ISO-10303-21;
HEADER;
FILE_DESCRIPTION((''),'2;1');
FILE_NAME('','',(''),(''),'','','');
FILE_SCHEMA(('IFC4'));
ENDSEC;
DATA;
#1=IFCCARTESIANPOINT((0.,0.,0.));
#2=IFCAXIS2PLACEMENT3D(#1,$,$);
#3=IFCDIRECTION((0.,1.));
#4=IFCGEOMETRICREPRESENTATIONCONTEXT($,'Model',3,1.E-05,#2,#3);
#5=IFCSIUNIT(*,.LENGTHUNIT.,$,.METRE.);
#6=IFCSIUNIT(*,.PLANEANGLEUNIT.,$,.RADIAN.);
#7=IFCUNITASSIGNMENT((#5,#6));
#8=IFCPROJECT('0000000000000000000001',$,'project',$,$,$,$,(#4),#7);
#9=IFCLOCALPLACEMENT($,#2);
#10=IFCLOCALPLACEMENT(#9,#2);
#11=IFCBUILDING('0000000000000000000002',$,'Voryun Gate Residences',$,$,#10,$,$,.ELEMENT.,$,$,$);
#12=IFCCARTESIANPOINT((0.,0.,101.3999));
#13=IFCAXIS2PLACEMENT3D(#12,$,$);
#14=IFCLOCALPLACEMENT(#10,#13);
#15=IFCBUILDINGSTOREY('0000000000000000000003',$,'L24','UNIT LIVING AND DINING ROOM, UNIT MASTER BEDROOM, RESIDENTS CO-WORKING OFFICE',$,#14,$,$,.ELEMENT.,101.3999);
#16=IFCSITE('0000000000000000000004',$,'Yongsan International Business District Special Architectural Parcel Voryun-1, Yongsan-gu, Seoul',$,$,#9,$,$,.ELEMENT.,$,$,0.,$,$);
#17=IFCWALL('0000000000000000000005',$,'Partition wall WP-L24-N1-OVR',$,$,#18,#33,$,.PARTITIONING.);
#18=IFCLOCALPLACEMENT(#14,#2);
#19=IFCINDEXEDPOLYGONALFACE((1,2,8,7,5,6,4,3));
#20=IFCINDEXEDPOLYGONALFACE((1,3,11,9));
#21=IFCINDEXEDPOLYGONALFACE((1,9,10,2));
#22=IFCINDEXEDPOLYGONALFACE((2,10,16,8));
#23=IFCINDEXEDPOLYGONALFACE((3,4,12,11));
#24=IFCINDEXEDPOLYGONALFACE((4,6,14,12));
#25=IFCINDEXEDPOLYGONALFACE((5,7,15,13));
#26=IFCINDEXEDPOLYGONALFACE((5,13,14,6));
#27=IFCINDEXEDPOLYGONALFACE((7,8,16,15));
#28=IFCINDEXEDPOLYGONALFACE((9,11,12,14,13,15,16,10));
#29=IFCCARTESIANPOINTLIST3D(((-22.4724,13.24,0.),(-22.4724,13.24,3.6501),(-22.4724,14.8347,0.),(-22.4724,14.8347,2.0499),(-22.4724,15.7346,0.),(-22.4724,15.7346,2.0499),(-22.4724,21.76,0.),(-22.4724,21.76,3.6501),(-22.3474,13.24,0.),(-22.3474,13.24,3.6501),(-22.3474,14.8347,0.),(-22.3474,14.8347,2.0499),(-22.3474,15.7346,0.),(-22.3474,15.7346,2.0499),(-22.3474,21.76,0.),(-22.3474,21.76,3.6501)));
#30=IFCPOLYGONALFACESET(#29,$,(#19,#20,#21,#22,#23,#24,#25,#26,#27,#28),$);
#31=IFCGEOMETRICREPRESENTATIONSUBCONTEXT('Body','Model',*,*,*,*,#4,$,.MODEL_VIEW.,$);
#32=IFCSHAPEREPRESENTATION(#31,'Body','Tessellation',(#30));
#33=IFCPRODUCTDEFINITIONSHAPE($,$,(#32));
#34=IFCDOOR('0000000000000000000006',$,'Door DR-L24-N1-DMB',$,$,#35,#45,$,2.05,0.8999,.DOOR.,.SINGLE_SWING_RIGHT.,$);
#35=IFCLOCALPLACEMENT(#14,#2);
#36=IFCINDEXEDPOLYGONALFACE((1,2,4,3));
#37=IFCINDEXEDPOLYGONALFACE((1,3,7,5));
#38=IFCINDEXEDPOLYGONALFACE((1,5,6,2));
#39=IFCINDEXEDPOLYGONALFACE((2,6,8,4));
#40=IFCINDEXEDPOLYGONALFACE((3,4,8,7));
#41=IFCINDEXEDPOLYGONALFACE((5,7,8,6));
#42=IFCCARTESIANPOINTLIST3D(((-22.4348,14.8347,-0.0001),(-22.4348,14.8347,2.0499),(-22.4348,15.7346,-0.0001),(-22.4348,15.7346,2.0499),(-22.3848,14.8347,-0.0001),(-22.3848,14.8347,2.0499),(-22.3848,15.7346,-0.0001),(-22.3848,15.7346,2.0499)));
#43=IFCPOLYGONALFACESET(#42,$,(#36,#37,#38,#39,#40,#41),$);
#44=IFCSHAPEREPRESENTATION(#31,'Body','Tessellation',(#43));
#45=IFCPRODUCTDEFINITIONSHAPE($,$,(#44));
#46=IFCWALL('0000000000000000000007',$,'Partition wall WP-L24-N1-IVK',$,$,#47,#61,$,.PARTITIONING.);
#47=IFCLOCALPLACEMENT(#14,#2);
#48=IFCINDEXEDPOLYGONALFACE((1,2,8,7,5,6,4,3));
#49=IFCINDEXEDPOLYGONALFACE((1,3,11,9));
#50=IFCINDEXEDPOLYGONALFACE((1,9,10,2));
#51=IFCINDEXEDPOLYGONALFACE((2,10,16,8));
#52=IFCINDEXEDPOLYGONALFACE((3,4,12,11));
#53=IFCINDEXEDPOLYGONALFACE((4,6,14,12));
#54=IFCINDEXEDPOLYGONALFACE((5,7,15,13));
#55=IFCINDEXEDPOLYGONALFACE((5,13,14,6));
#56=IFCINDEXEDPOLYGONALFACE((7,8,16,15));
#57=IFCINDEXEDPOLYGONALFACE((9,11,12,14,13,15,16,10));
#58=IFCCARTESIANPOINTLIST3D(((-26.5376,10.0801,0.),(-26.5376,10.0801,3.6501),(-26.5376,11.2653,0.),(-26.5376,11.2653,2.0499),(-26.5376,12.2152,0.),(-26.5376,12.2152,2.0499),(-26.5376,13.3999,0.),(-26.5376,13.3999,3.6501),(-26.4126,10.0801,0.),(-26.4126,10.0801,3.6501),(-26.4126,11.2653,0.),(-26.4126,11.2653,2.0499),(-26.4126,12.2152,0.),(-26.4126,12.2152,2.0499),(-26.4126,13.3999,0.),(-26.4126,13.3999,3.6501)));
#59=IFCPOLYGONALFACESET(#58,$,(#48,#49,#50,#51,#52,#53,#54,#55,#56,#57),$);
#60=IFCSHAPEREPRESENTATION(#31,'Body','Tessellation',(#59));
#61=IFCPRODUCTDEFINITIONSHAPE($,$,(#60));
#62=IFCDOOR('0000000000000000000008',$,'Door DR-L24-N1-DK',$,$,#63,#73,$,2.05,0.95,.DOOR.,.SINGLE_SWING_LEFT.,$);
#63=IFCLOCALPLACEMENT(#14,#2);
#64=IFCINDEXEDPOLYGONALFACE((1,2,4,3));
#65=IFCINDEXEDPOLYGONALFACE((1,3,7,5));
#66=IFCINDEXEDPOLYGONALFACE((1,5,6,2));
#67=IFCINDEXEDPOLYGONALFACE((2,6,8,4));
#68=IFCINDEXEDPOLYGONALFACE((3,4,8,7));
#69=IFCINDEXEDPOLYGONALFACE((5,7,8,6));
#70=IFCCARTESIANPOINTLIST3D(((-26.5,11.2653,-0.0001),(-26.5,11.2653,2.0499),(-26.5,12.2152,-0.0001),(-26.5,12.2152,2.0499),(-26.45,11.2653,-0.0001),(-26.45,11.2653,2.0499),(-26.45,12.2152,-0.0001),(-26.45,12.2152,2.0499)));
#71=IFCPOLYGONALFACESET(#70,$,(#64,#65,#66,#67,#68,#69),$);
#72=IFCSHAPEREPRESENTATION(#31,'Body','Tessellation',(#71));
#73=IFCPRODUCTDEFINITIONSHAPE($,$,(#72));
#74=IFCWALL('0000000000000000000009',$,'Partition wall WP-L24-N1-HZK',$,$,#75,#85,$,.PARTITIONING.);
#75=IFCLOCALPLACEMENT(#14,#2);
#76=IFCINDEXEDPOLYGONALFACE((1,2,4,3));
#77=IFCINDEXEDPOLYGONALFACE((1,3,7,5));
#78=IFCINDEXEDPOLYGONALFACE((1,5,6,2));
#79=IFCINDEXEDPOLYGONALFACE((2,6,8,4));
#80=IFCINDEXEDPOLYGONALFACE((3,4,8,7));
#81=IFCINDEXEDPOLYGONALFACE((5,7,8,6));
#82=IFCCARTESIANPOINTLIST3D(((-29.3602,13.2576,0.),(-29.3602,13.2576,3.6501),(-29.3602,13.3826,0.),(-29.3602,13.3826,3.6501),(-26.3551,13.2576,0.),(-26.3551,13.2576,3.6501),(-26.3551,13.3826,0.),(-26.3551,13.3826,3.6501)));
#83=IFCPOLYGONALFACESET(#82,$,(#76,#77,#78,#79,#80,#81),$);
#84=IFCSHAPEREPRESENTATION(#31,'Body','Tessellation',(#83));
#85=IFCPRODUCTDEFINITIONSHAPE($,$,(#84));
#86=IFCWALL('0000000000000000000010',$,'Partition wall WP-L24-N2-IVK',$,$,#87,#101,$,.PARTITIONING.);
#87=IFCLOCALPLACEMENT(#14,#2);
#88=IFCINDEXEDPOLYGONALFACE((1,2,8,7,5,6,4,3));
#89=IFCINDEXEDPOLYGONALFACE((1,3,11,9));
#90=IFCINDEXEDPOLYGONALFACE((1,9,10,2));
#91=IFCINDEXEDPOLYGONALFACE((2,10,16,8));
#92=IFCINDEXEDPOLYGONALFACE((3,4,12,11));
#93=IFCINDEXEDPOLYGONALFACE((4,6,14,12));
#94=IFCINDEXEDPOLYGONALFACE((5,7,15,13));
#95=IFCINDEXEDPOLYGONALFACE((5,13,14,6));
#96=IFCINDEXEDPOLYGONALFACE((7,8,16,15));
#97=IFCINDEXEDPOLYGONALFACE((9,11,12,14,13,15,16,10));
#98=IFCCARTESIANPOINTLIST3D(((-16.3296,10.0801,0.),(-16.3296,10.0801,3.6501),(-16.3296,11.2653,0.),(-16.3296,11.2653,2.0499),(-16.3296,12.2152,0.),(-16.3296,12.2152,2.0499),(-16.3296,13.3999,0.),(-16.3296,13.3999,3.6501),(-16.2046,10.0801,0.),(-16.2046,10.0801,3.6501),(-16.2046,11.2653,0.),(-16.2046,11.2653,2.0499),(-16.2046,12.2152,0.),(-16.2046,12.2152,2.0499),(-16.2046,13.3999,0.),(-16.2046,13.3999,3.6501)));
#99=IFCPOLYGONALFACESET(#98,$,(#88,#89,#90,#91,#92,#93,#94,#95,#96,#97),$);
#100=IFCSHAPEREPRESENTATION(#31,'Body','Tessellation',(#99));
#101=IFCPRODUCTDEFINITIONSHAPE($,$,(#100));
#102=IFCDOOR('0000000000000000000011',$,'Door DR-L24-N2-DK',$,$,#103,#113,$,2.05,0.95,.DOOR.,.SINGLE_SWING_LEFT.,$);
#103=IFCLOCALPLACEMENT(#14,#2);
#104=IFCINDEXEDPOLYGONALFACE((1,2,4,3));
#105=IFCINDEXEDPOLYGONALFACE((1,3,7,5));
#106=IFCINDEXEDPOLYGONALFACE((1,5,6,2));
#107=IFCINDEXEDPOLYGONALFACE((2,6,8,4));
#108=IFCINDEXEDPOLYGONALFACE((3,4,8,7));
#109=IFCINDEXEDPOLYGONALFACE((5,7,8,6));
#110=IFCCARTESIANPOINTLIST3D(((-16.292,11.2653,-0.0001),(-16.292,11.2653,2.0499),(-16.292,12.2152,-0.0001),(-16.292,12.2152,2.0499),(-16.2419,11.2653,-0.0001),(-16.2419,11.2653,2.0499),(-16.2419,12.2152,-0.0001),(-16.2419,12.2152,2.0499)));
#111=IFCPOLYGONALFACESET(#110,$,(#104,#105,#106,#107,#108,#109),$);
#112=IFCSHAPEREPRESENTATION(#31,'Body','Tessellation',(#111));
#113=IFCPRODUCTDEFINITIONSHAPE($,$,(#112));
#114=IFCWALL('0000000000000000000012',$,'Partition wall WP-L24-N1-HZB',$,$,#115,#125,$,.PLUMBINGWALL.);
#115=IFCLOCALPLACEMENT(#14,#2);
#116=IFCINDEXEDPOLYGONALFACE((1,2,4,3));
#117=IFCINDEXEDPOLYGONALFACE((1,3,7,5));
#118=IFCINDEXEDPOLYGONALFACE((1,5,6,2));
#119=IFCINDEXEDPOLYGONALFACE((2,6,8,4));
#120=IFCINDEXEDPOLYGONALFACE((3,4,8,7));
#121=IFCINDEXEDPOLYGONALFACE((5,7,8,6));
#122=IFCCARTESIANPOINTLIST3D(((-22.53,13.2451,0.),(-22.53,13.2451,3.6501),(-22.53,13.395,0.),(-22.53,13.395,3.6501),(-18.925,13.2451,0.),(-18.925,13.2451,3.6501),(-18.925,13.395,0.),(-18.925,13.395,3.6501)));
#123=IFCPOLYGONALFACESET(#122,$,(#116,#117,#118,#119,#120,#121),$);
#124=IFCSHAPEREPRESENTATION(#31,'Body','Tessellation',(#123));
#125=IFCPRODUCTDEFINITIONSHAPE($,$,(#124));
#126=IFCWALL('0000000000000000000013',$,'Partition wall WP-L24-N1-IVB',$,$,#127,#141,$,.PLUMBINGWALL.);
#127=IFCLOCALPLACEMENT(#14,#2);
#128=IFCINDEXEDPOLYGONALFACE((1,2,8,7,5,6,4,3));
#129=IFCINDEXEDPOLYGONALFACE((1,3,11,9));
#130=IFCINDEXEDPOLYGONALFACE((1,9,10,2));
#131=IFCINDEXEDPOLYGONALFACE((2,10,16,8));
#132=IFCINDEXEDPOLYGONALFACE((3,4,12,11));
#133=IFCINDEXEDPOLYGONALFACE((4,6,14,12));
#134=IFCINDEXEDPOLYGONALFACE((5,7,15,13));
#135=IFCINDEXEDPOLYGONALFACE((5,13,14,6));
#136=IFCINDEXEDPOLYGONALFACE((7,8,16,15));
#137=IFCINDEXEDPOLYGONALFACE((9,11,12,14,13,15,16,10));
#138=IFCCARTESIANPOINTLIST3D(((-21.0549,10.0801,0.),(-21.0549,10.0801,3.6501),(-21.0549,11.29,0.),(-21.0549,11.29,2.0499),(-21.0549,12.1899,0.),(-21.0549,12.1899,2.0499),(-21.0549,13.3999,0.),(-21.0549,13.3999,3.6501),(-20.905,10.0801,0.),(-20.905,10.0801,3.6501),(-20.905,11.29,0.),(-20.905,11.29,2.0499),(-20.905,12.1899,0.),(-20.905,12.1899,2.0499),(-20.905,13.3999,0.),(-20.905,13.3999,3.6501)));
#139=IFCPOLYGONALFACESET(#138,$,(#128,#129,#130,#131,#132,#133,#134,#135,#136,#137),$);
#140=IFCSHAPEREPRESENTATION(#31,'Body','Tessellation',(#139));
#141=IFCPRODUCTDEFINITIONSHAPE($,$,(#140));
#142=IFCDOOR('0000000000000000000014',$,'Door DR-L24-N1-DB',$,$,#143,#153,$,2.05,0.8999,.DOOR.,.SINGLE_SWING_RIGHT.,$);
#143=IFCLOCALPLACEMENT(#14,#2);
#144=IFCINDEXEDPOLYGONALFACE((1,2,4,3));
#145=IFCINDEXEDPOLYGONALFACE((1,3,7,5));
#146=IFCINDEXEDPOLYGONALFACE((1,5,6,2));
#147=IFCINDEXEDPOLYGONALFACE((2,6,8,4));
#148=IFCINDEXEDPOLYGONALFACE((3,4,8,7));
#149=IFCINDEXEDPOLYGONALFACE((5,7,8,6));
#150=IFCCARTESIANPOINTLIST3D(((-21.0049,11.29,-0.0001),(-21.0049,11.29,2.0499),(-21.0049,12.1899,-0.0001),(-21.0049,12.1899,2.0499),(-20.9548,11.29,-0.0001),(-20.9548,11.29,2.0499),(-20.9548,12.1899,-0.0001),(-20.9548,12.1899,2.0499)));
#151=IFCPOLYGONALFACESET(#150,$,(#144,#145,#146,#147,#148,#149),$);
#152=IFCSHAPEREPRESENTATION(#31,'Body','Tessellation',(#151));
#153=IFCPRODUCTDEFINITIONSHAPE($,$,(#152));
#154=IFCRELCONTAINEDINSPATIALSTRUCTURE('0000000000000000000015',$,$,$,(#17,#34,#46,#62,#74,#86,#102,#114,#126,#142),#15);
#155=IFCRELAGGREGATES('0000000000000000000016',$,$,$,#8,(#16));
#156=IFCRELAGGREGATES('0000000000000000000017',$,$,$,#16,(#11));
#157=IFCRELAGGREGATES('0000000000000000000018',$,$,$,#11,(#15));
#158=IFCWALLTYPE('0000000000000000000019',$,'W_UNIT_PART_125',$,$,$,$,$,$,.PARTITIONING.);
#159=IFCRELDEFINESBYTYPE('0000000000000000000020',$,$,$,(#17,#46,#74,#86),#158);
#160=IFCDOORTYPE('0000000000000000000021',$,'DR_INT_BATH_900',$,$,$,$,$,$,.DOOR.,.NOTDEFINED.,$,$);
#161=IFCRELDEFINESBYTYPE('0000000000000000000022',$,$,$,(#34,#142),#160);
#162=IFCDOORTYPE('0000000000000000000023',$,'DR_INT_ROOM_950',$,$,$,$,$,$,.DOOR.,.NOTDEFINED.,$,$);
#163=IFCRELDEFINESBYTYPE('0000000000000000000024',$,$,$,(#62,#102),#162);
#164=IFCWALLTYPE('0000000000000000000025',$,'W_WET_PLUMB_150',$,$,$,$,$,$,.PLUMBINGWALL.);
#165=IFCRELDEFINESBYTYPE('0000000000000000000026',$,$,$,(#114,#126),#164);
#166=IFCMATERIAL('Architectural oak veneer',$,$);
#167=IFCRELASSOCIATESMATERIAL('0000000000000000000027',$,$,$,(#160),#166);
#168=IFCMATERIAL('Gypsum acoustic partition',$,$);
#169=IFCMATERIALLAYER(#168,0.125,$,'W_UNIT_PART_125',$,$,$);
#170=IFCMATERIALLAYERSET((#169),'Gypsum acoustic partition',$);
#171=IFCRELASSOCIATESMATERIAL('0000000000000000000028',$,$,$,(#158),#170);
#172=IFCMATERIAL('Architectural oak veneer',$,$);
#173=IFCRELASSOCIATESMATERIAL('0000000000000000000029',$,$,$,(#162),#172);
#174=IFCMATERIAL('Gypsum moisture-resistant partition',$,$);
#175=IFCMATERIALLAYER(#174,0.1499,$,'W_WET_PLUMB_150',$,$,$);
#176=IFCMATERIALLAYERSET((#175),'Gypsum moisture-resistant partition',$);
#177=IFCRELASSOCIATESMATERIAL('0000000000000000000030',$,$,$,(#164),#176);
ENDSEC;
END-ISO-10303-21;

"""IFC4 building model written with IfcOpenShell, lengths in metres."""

from ifc_helpers import new_model, si_unit, direction, frame, frame_2d, origin, place, context, subcontext, project, spatial, rectangle, extrude, material, layer, layer_set, type_object, element, fill, save


model = new_model("IFC4")

# Units and contexts
model_context = context("Model", 3, precision=1e-05, world=origin(), true_north=direction((0.0, 1.0)))
body_context = subcontext(model_context, "Body", "Model", "MODEL_VIEW")
ifc_project = project(units=[si_unit("LENGTHUNIT", "METRE"), si_unit("PLANEANGLEUNIT", "RADIAN")], contexts=[model_context])

# Site, building, storey
site_placement = place(None, origin())
site = spatial("IfcSite", under=ifc_project, at=site_placement, Name="Yongsan International Business District Special Architectural Parcel Voryun-1, Yongsan-gu, Seoul", CompositionType="ELEMENT", RefElevation=0.0)
building_placement = place(site_placement, origin())
building = spatial("IfcBuilding", under=site, at=building_placement, Name="Voryun Gate Residences", CompositionType="ELEMENT")
storey_placement = place(building_placement, frame((0.0, 0.0, 101.3999)))
storey = spatial("IfcBuildingStorey", under=building, at=storey_placement, Name="L24", Description="UNIT LIVING AND DINING ROOM, UNIT MASTER BEDROOM, RESIDENTS CO-WORKING OFFICE", CompositionType="ELEMENT", Elevation=101.3999)

# Shared definitions
ifc_material_1 = material(Name="Architectural oak veneer")
door_type_1 = type_object("IfcDoorType", Name="DR_INT_BATH_900", OperationType="NOTDEFINED", PredefinedType="DOOR", material=ifc_material_1)

# Walls, openings, doors
ifc_material_2 = material(Name="Gypsum acoustic partition")
ifc_layer_1 = layer(ifc_material_2, 0.125, Name="W_UNIT_PART_125")
ifc_layer_set_1 = layer_set([ifc_layer_1], Name="Gypsum acoustic partition")
wall_type_1 = type_object("IfcWallType", Name="W_UNIT_PART_125", PredefinedType="PARTITIONING", material=ifc_layer_set_1)
wall_1_placement = place(storey_placement, frame((-22.4099, 13.24, 0.0), z_axis=(0.0, 0.0, 1.0), x_axis=(0.0, 1.0, 0.0)))
wall_1 = element("IfcWall", 1, at=wall_1_placement, inside=storey, type_object=wall_type_1, Name="Partition wall WP-L24-N1-OVR", PredefinedType="PARTITIONING", context=body_context, shape_type="SweptSolid", body=[
    extrude(rectangle(XDim=8.52, YDim=0.125, at=frame_2d((4.26, 0.0))), origin(), (0.0, 0.0, 1.0), 3.6501),
])
opening_1_placement = place(wall_1_placement, frame((1.5947, 0.0, 0.0)))
opening_1 = element("IfcOpeningElement", 2, at=opening_1_placement, cuts=wall_1, PredefinedType="OPENING", context=body_context, shape_type="SweptSolid", body=[
    extrude(rectangle(XDim=0.8999, YDim=2.05, at=frame_2d((0.45, 1.0249))), frame((0.0, 0.0725, 0.0), z_axis=(0.0, -1.0, 0.0), x_axis=(1.0, 0.0, 0.0)), (0.0, 0.0, 1.0), 0.145),
])
door_1_placement = place(opening_1_placement, origin())
door_1 = element("IfcDoor", 3, at=door_1_placement, inside=storey, type_object=door_type_1, Name="Door DR-L24-N1-DMB", OperationType="SINGLE_SWING_RIGHT", OverallHeight=2.05, OverallWidth=0.8999, PredefinedType="DOOR", context=body_context, shape_type="SweptSolid", body=[
    extrude(rectangle(XDim=0.8999, YDim=2.05, at=frame_2d((0.45, 1.0249))), frame((0.0, 0.0249, 0.0), z_axis=(0.0, -1.0, 0.0), x_axis=(1.0, 0.0, 0.0)), (0.0, 0.0, 1.0), 0.05),
])
fill(opening_1, door_1)
wall_2_placement = place(storey_placement, frame((-26.4751, 10.0801, 0.0), z_axis=(0.0, 0.0, 1.0), x_axis=(0.0, 1.0, 0.0)))
wall_2 = element("IfcWall", 4, at=wall_2_placement, inside=storey, type_object=wall_type_1, Name="Partition wall WP-L24-N1-IVK", PredefinedType="PARTITIONING", context=body_context, shape_type="SweptSolid", body=[
    extrude(rectangle(XDim=3.3198, YDim=0.125, at=frame_2d((1.6599, 0.0))), origin(), (0.0, 0.0, 1.0), 3.6501),
])
opening_2_placement = place(wall_2_placement, frame((1.1851, 0.0, 0.0)))
opening_2 = element("IfcOpeningElement", 5, at=opening_2_placement, cuts=wall_2, PredefinedType="OPENING", context=body_context, shape_type="SweptSolid", body=[
    extrude(rectangle(XDim=0.95, YDim=2.05, at=frame_2d((0.4751, 1.0249))), frame((0.0, 0.0725, 0.0), z_axis=(0.0, -1.0, 0.0), x_axis=(1.0, 0.0, 0.0)), (0.0, 0.0, 1.0), 0.145),
])
ifc_material_3 = material(Name="Architectural oak veneer")
door_type_2 = type_object("IfcDoorType", Name="DR_INT_ROOM_950", OperationType="NOTDEFINED", PredefinedType="DOOR", material=ifc_material_3)
door_2_placement = place(opening_2_placement, origin())
door_2 = element("IfcDoor", 6, at=door_2_placement, inside=storey, type_object=door_type_2, Name="Door DR-L24-N1-DK", OperationType="SINGLE_SWING_LEFT", OverallHeight=2.05, OverallWidth=0.95, PredefinedType="DOOR", context=body_context, shape_type="SweptSolid", body=[
    extrude(rectangle(XDim=0.95, YDim=2.05, at=frame_2d((0.4751, 1.0249))), frame((0.0, 0.0249, 0.0), z_axis=(0.0, -1.0, 0.0), x_axis=(1.0, 0.0, 0.0)), (0.0, 0.0, 1.0), 0.05),
])
fill(opening_2, door_2)

# Wall
wall_3_placement = place(storey_placement, frame((-29.3601, 13.3201, 0.0), z_axis=(0.0, 0.0, 1.0), x_axis=(1.0, 0.0, 0.0)))
element("IfcWall", 7, at=wall_3_placement, inside=storey, type_object=wall_type_1, Name="Partition wall WP-L24-N1-HZK", PredefinedType="PARTITIONING", context=body_context, shape_type="SweptSolid", body=[
    extrude(rectangle(XDim=3.0051, YDim=0.125, at=frame_2d((1.5024, 0.0))), origin(), (0.0, 0.0, 1.0), 3.6501),
])

# Wall, opening, door
wall_4_placement = place(storey_placement, frame((-16.2671, 10.0801, 0.0), z_axis=(0.0, 0.0, 1.0), x_axis=(0.0, 1.0, 0.0)))
wall_4 = element("IfcWall", 8, at=wall_4_placement, inside=storey, type_object=wall_type_1, Name="Partition wall WP-L24-N2-IVK", PredefinedType="PARTITIONING", context=body_context, shape_type="SweptSolid", body=[
    extrude(rectangle(XDim=3.3198, YDim=0.125, at=frame_2d((1.6599, 0.0))), origin(), (0.0, 0.0, 1.0), 3.6501),
])
opening_3_placement = place(wall_4_placement, frame((1.1851, 0.0, 0.0)))
opening_3 = element("IfcOpeningElement", 9, at=opening_3_placement, cuts=wall_4, PredefinedType="OPENING", context=body_context, shape_type="SweptSolid", body=[
    extrude(rectangle(XDim=0.95, YDim=2.05, at=frame_2d((0.4751, 1.0249))), frame((0.0, 0.0725, 0.0), z_axis=(0.0, -1.0, 0.0), x_axis=(1.0, 0.0, 0.0)), (0.0, 0.0, 1.0), 0.145),
])
door_3_placement = place(opening_3_placement, origin())
door_3 = element("IfcDoor", 10, at=door_3_placement, inside=storey, type_object=door_type_2, Name="Door DR-L24-N2-DK", OperationType="SINGLE_SWING_LEFT", OverallHeight=2.05, OverallWidth=0.95, PredefinedType="DOOR", context=body_context, shape_type="SweptSolid", body=[
    extrude(rectangle(XDim=0.95, YDim=2.05, at=frame_2d((0.4751, 1.0249))), frame((0.0, 0.0249, 0.0), z_axis=(0.0, -1.0, 0.0), x_axis=(1.0, 0.0, 0.0)), (0.0, 0.0, 1.0), 0.05),
])
fill(opening_3, door_3)

# Wall
ifc_material_4 = material(Name="Gypsum moisture-resistant partition")
ifc_layer_2 = layer(ifc_material_4, 0.1499, Name="W_WET_PLUMB_150")
ifc_layer_set_2 = layer_set([ifc_layer_2], Name="Gypsum moisture-resistant partition")
wall_type_2 = type_object("IfcWallType", Name="W_WET_PLUMB_150", PredefinedType="PLUMBINGWALL", material=ifc_layer_set_2)
wall_5_placement = place(storey_placement, frame((-22.53, 13.3201, 0.0), z_axis=(0.0, 0.0, 1.0), x_axis=(1.0, 0.0, 0.0)))
element("IfcWall", 11, at=wall_5_placement, inside=storey, type_object=wall_type_2, Name="Partition wall WP-L24-N1-HZB", PredefinedType="PLUMBINGWALL", context=body_context, shape_type="SweptSolid", body=[
    extrude(rectangle(XDim=3.605, YDim=0.1499, at=frame_2d((1.8025, 0.0))), origin(), (0.0, 0.0, 1.0), 3.6501),
])

# Wall, opening, door
wall_6_placement = place(storey_placement, frame((-20.98, 10.0801, 0.0), z_axis=(0.0, 0.0, 1.0), x_axis=(0.0, 1.0, 0.0)))
wall_6 = element("IfcWall", 12, at=wall_6_placement, inside=storey, type_object=wall_type_2, Name="Partition wall WP-L24-N1-IVB", PredefinedType="PLUMBINGWALL", context=body_context, shape_type="SweptSolid", body=[
    extrude(rectangle(XDim=3.3198, YDim=0.1499, at=frame_2d((1.6599, 0.0))), origin(), (0.0, 0.0, 1.0), 3.6501),
])
opening_4_placement = place(wall_6_placement, frame((1.21, 0.0, 0.0)))
opening_4 = element("IfcOpeningElement", 13, at=opening_4_placement, cuts=wall_6, PredefinedType="OPENING", context=body_context, shape_type="SweptSolid", body=[
    extrude(rectangle(XDim=0.8999, YDim=2.05, at=frame_2d((0.45, 1.0249))), frame((0.0, 0.085, 0.0), z_axis=(0.0, -1.0, 0.0), x_axis=(1.0, 0.0, 0.0)), (0.0, 0.0, 1.0), 0.1699),
])
door_4_placement = place(opening_4_placement, origin())
door_4 = element("IfcDoor", 14, at=door_4_placement, inside=storey, type_object=door_type_1, Name="Door DR-L24-N1-DB", OperationType="SINGLE_SWING_RIGHT", OverallHeight=2.05, OverallWidth=0.8999, PredefinedType="DOOR", context=body_context, shape_type="SweptSolid", body=[
    extrude(rectangle(XDim=0.8999, YDim=2.05, at=frame_2d((0.45, 1.0249))), frame((0.0, 0.0249, 0.0), z_axis=(0.0, -1.0, 0.0), x_axis=(1.0, 0.0, 0.0)), (0.0, 0.0, 1.0), 0.05),
])
fill(opening_4, door_4)

save(model, "model.ifc")
